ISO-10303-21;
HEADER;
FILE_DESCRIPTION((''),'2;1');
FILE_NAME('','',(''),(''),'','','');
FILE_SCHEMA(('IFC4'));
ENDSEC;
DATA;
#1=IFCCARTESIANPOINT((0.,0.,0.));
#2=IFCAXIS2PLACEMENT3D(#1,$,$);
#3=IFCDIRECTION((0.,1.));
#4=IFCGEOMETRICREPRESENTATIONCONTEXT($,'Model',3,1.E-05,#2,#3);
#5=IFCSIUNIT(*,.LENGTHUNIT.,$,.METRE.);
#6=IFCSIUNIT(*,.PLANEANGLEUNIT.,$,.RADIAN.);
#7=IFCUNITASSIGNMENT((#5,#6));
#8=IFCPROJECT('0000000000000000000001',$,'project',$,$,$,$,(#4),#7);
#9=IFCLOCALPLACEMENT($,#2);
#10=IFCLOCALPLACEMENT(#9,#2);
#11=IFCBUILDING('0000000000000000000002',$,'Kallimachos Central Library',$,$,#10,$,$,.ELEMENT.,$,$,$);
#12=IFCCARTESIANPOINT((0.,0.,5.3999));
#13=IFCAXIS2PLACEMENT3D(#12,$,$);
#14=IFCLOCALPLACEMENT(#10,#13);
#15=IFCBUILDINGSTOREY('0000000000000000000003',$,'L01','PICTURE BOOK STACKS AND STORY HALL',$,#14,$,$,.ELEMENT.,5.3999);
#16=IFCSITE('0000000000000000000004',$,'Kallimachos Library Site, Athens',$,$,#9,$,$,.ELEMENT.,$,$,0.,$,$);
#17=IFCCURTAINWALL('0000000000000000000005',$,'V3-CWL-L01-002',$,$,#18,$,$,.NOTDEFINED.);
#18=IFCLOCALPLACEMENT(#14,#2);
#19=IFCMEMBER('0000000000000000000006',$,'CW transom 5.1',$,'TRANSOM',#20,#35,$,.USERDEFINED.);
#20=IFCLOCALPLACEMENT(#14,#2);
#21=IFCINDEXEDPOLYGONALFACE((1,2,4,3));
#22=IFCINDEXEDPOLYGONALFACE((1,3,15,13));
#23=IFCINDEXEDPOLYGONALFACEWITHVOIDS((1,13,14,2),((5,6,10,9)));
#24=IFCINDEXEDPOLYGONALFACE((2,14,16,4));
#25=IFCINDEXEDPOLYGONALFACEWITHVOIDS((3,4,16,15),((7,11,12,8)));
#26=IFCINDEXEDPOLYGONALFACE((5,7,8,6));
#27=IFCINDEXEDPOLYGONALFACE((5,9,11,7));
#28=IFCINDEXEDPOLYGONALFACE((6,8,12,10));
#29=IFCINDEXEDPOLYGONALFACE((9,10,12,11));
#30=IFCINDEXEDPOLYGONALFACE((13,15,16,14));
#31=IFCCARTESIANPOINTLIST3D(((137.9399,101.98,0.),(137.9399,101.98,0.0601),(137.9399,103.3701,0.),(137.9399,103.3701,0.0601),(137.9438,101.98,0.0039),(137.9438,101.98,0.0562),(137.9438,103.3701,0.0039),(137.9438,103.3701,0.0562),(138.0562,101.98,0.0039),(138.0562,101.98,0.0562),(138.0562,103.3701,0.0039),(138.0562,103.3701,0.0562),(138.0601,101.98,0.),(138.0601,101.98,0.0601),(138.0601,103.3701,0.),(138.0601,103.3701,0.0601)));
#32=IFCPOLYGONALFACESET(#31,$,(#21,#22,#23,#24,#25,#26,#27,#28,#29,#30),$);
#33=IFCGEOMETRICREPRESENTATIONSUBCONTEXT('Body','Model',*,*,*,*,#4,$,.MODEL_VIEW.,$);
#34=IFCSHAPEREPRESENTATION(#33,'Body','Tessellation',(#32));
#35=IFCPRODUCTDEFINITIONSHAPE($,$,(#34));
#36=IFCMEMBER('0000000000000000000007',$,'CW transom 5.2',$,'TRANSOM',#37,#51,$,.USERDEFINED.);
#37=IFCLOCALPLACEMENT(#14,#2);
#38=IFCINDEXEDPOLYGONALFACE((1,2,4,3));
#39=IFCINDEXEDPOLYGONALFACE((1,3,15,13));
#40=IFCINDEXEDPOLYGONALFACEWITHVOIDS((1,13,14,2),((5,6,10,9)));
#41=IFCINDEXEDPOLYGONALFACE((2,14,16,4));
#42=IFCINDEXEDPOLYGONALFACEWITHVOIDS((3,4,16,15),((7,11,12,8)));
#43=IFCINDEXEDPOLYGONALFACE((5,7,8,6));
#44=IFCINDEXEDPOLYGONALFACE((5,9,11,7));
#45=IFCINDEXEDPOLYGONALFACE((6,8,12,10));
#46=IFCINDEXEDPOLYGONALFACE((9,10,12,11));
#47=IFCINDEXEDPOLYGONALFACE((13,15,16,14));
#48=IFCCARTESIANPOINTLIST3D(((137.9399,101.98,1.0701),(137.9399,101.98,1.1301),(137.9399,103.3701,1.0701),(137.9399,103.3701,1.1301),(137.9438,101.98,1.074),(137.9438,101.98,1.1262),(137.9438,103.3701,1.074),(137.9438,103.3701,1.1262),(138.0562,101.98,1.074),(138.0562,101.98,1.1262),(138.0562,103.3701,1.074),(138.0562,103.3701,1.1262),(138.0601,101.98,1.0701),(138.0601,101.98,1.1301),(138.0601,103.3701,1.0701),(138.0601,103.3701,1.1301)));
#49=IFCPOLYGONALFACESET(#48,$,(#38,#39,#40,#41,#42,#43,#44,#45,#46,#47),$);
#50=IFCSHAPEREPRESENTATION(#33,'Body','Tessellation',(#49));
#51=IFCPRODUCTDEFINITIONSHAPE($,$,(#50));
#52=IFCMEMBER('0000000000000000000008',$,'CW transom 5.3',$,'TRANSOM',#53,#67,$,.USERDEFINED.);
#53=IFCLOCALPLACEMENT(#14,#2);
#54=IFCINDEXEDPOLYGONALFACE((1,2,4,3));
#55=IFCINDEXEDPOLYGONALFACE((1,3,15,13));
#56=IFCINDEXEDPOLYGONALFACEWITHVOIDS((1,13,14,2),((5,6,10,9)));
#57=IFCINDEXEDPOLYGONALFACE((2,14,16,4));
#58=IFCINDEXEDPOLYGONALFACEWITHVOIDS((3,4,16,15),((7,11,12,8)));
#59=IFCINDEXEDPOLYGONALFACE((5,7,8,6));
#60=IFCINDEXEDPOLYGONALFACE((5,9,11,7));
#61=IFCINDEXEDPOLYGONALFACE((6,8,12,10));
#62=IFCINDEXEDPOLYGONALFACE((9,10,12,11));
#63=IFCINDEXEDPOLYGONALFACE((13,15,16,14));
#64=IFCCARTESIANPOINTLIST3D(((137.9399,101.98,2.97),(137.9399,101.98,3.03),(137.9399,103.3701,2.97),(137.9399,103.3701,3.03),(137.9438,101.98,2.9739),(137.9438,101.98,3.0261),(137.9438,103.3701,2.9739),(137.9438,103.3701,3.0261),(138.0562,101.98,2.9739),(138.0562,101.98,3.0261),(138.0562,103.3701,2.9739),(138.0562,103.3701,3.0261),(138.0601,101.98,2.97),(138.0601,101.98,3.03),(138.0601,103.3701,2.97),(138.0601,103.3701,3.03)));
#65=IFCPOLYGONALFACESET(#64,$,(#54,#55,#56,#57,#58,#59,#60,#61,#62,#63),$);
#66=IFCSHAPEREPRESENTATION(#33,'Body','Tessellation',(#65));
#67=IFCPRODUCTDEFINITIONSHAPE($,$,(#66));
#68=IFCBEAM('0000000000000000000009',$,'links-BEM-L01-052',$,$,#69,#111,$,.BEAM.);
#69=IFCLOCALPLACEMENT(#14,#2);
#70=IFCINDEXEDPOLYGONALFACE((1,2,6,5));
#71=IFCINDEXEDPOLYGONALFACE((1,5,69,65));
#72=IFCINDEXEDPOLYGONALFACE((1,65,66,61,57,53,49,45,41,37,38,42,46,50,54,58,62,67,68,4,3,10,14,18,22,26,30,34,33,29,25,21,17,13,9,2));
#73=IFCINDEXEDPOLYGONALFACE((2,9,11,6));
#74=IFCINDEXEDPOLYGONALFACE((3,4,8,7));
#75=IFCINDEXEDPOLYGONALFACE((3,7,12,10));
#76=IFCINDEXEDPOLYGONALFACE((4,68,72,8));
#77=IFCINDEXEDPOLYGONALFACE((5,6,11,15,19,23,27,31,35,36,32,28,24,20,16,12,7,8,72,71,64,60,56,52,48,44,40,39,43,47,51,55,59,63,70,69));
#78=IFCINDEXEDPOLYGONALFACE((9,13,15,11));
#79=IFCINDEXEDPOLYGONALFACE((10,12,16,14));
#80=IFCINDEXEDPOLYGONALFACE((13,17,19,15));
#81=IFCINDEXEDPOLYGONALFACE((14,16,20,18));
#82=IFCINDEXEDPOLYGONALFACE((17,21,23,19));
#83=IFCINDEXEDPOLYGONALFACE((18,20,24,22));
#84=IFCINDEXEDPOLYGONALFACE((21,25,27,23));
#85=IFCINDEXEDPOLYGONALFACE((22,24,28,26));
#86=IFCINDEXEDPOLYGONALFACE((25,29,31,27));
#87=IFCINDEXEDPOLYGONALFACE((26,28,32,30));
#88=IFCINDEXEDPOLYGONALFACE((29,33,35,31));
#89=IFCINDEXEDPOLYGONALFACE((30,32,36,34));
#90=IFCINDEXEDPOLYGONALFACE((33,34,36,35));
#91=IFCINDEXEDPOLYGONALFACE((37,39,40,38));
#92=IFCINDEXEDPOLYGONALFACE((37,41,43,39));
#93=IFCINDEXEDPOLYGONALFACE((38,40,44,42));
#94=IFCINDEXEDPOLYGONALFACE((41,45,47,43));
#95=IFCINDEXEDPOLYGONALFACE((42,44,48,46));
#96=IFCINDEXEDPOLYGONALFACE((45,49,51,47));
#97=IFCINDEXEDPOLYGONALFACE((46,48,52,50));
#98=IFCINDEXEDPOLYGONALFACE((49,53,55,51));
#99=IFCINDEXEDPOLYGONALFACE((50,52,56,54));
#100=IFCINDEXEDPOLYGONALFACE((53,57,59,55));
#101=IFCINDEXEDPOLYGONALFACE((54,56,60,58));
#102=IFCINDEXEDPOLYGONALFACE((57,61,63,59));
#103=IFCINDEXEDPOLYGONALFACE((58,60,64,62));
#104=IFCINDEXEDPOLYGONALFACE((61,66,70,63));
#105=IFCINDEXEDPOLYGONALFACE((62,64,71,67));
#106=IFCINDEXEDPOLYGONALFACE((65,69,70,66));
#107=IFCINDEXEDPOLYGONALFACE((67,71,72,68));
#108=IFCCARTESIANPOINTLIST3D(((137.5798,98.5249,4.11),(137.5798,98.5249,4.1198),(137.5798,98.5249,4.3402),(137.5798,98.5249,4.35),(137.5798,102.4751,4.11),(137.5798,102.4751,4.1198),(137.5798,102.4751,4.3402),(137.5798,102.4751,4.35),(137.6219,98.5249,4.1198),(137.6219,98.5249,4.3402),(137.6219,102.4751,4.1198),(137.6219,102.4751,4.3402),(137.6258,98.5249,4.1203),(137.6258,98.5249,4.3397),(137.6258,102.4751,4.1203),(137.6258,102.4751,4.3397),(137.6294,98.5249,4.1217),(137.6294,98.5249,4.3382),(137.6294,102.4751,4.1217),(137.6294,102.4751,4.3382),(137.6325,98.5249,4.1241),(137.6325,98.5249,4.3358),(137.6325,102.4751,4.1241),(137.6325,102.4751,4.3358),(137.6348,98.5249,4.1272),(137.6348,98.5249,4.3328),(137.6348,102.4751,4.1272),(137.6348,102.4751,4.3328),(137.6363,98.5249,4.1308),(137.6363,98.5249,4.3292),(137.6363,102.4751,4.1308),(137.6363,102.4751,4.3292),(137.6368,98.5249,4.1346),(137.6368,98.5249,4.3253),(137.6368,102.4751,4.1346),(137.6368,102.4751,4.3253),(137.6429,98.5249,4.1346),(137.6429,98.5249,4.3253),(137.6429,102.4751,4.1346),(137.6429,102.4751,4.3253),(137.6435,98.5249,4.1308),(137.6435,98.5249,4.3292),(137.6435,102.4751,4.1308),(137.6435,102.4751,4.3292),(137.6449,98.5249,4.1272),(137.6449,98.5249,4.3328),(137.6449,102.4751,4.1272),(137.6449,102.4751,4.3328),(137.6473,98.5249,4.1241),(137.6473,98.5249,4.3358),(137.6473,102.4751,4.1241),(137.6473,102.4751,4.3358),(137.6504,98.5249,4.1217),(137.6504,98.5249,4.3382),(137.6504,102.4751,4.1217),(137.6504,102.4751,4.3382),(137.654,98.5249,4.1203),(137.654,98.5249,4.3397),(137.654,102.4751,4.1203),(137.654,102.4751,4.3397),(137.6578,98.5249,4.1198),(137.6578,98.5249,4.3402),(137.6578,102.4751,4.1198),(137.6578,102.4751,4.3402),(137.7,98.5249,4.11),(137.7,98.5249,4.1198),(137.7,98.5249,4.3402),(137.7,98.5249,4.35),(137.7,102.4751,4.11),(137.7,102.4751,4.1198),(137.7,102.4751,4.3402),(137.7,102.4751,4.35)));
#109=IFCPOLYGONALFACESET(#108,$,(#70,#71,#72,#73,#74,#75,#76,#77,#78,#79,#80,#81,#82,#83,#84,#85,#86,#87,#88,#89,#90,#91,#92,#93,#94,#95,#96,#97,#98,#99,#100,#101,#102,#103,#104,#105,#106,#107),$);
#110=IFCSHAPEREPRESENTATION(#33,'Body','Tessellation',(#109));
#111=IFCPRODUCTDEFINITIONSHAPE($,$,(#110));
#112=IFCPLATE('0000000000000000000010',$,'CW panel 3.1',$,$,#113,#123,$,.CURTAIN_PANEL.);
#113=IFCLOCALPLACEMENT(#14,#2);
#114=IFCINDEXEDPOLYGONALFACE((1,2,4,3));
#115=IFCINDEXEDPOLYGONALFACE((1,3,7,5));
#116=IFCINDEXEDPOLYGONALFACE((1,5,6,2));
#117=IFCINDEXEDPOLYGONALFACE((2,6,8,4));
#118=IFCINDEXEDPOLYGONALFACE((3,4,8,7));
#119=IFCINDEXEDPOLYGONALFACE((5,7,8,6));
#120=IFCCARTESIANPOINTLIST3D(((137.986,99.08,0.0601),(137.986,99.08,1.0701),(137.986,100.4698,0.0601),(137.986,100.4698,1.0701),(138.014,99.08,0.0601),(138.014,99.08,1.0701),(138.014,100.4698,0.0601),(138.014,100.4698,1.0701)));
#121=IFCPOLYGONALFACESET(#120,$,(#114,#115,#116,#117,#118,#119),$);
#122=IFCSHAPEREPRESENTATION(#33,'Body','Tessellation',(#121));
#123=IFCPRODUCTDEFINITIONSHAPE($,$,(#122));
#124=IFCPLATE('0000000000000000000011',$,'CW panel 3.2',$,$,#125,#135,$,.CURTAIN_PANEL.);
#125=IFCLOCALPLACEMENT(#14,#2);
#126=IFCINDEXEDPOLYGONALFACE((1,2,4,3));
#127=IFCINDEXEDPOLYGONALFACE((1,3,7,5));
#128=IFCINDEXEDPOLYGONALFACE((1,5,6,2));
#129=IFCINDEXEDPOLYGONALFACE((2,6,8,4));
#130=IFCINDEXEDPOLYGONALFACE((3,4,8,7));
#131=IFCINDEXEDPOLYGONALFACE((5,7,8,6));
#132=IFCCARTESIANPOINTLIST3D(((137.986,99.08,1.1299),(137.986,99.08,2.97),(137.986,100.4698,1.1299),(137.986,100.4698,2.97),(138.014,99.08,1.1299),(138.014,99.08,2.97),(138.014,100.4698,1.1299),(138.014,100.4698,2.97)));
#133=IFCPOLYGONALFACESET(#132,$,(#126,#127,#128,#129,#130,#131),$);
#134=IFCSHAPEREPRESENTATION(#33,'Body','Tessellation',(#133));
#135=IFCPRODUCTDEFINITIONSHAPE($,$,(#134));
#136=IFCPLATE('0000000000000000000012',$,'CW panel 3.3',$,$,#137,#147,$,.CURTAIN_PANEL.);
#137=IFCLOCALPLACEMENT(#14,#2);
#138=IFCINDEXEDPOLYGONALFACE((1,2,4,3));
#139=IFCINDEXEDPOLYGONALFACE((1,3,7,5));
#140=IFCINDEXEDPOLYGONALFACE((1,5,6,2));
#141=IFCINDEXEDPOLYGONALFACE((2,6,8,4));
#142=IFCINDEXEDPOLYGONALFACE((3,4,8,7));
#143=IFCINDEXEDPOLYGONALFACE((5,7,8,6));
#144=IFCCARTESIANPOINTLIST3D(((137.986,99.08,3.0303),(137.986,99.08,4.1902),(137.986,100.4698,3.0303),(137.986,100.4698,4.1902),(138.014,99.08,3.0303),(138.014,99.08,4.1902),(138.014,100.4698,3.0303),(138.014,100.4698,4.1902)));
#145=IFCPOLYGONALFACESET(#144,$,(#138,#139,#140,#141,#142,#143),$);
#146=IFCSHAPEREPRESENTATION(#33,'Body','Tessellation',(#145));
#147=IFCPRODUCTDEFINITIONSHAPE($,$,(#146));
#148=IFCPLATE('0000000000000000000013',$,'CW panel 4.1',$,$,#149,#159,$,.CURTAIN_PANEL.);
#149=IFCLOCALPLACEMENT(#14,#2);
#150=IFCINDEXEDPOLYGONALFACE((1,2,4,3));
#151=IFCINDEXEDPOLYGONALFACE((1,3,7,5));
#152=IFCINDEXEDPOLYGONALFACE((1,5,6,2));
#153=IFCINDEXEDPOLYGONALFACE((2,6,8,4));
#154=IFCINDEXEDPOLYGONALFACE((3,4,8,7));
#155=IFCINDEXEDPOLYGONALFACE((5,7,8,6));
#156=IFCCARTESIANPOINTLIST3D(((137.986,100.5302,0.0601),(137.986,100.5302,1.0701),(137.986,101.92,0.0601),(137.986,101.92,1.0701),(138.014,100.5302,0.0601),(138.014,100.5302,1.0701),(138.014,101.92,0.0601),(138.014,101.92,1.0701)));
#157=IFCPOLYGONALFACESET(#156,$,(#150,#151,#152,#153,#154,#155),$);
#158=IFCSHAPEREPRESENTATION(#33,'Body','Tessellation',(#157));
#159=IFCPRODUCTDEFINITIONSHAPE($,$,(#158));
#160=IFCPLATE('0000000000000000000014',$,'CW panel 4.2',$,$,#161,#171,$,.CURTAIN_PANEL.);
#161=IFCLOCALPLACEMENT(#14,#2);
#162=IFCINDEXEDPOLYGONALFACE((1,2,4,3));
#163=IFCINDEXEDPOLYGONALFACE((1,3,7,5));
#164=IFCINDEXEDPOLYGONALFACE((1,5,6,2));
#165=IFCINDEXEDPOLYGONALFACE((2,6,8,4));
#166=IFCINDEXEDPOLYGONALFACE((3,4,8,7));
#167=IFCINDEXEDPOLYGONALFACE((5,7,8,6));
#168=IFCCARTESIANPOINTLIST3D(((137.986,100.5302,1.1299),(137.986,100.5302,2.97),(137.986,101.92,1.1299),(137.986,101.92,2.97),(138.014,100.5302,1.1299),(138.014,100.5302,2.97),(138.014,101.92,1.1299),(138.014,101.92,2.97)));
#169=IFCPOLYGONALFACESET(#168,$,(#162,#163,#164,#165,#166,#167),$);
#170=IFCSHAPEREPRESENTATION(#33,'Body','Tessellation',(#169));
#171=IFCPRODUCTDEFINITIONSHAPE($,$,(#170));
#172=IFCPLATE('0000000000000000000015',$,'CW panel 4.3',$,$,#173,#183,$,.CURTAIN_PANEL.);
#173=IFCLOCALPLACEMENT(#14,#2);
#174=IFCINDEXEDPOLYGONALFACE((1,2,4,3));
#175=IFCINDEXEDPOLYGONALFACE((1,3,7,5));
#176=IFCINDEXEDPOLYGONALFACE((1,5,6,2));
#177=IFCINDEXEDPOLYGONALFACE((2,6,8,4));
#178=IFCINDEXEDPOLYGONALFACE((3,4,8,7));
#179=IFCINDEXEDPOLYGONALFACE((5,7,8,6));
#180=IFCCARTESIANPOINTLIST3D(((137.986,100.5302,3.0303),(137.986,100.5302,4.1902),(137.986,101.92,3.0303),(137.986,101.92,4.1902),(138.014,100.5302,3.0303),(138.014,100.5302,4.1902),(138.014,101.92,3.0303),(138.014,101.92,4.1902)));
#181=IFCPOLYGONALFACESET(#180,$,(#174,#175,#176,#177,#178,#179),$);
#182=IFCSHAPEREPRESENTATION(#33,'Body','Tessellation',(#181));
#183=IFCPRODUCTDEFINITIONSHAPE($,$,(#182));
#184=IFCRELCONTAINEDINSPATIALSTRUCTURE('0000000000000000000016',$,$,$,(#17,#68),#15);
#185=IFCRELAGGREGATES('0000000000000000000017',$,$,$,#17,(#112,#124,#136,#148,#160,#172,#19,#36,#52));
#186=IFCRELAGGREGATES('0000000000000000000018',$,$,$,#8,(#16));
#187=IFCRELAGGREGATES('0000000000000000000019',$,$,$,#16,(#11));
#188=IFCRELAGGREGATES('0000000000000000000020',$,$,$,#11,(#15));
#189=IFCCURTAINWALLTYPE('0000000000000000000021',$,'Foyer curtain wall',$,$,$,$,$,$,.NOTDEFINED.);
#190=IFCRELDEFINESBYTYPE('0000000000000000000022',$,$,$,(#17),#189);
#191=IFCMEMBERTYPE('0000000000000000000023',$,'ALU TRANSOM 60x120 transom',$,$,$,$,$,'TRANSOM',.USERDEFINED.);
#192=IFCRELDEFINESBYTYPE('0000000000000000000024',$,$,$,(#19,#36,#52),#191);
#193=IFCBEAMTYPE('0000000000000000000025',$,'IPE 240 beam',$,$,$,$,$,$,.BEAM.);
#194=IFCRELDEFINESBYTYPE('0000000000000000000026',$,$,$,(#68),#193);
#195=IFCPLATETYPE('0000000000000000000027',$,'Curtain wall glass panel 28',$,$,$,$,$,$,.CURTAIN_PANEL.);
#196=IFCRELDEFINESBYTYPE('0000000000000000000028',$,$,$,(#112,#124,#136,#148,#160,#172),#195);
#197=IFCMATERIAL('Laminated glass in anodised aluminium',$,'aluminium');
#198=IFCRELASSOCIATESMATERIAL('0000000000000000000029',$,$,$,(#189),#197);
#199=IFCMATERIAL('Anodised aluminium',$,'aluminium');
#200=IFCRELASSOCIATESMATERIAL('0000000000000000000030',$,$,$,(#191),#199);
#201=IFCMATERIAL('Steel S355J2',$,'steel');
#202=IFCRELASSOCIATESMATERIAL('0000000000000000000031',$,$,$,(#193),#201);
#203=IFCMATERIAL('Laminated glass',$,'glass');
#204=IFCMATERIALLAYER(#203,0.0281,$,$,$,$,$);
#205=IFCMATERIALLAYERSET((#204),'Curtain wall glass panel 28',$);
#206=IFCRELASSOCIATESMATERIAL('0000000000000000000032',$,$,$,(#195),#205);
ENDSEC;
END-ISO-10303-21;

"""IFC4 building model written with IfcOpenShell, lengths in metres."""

from ifc_helpers import new_model, si_unit, direction, frame, origin, origin_2d, place, context, subcontext, project, spatial, rectangle, hollow_rectangle, i_section, extrude, material, layer, layer_set, material_profile, profile_set, type_object, element, aggregate, save


model = new_model("IFC4")

# Units and contexts
model_context = context("Model", 3, precision=1e-05, world=origin(), true_north=direction((0.0, 1.0)))
body_context = subcontext(model_context, "Body", "Model", "MODEL_VIEW")
ifc_project = project(units=[si_unit("LENGTHUNIT", "METRE"), si_unit("PLANEANGLEUNIT", "RADIAN")], contexts=[model_context])

# Site, building, storey
site_placement = place(None, origin())
site = spatial("IfcSite", under=ifc_project, at=site_placement, Name="Kallimachos Library Site, Athens", CompositionType="ELEMENT", RefElevation=0.0)
building_placement = place(site_placement, origin())
building = spatial("IfcBuilding", under=site, at=building_placement, Name="Kallimachos Central Library", CompositionType="ELEMENT")
storey_placement = place(building_placement, frame((0.0, 0.0, 5.3999)))
storey = spatial("IfcBuildingStorey", under=building, at=storey_placement, Name="L01", Description="PICTURE BOOK STACKS AND STORY HALL", CompositionType="ELEMENT", Elevation=5.3999)

# Curtain wall, members
ifc_material_1 = material(Name="Laminated glass in anodised aluminium", Category="aluminium")
curtain_wall_type = type_object("IfcCurtainWallType", Name="Foyer curtain wall", PredefinedType="NOTDEFINED", material=ifc_material_1)
curtain_wall_placement = place(storey_placement, origin())
curtain_wall = element("IfcCurtainWall", 1, at=curtain_wall_placement, inside=storey, type_object=curtain_wall_type, Name="V3-CWL-L01-002", PredefinedType="NOTDEFINED")
ifc_material_2 = material(Name="Anodised aluminium", Category="aluminium")
ifc_material_profile_1 = material_profile(ifc_material_2, hollow_rectangle(XDim=0.0601, YDim=0.1201, WallThickness=0.0039, at=origin_2d()), Name="ALU TRANSOM 60x120")
ifc_profile_set_1 = profile_set([ifc_material_profile_1], Name="Anodised aluminium")
member_type_1 = type_object("IfcMemberType", Name="ALU TRANSOM 60x120 transom", ElementType="TRANSOM", PredefinedType="USERDEFINED", material=ifc_profile_set_1)
member_1_placement = place(storey_placement, frame((138.0, 101.98, 0.03), z_axis=(0.0, 1.0, 0.0), x_axis=(0.0, 0.0, 1.0)))
member_1 = element("IfcMember", 2, at=member_1_placement, type_object=member_type_1, Name="CW transom 5.1", ObjectType="TRANSOM", PredefinedType="USERDEFINED", context=body_context, shape_type="SweptSolid", body=[
    extrude(hollow_rectangle(XDim=0.0601, YDim=0.1201, WallThickness=0.0039, at=origin_2d()), origin(), (0.0, 0.0, 1.0), 1.3901),
])
member_2_placement = place(storey_placement, frame((138.0, 101.98, 1.1001), z_axis=(0.0, 1.0, 0.0), x_axis=(0.0, 0.0, 1.0)))
member_2 = element("IfcMember", 3, at=member_2_placement, type_object=member_type_1, Name="CW transom 5.2", ObjectType="TRANSOM", PredefinedType="USERDEFINED", context=body_context, shape_type="SweptSolid", body=[
    extrude(hollow_rectangle(XDim=0.0601, YDim=0.1201, WallThickness=0.0039, at=origin_2d()), origin(), (0.0, 0.0, 1.0), 1.3901),
])
member_3_placement = place(storey_placement, frame((138.0, 101.98, 3.0), z_axis=(0.0, 1.0, 0.0), x_axis=(0.0, 0.0, 1.0)))
member_3 = element("IfcMember", 4, at=member_3_placement, type_object=member_type_1, Name="CW transom 5.3", ObjectType="TRANSOM", PredefinedType="USERDEFINED", context=body_context, shape_type="SweptSolid", body=[
    extrude(hollow_rectangle(XDim=0.0601, YDim=0.1201, WallThickness=0.0039, at=origin_2d()), origin(), (0.0, 0.0, 1.0), 1.3901),
])

# Beam
ifc_material_3 = material(Name="Steel S355J2", Category="steel")
ifc_material_profile_2 = material_profile(ifc_material_3, i_section(OverallWidth=0.1201, OverallDepth=0.24, WebThickness=0.0061, FlangeThickness=0.0098, FilletRadius=0.0149, at=origin_2d()), Name="IPE 240")
ifc_profile_set_2 = profile_set([ifc_material_profile_2], Name="Steel S355J2")
beam_type = type_object("IfcBeamType", Name="IPE 240 beam", PredefinedType="BEAM", material=ifc_profile_set_2)
beam_placement = place(storey_placement, frame((137.6399, 98.5249, 4.23), z_axis=(0.0, 1.0, 0.0), x_axis=(-1.0, 0.0, 0.0)))
element("IfcBeam", 5, at=beam_placement, inside=storey, type_object=beam_type, Name="links-BEM-L01-052", PredefinedType="BEAM", context=body_context, shape_type="SweptSolid", body=[
    extrude(i_section(OverallWidth=0.1201, OverallDepth=0.24, WebThickness=0.0061, FlangeThickness=0.0098, FilletRadius=0.0149, at=origin_2d()), origin(), (0.0, 0.0, 1.0), 3.9502),
])

# Plates
ifc_material_4 = material(Name="Laminated glass", Category="glass")
ifc_layer = layer(ifc_material_4, 0.0281)
ifc_layer_set = layer_set([ifc_layer], Name="Curtain wall glass panel 28")
plate_type = type_object("IfcPlateType", Name="Curtain wall glass panel 28", PredefinedType="CURTAIN_PANEL", material=ifc_layer_set)
plate_1_placement = place(storey_placement, frame((138.0, 99.7749, 0.0601), z_axis=(0.0, 0.0, 1.0), x_axis=(0.0, 1.0, 0.0)))
plate_1 = element("IfcPlate", 6, at=plate_1_placement, type_object=plate_type, Name="CW panel 3.1", PredefinedType="CURTAIN_PANEL", context=body_context, shape_type="SweptSolid", body=[
    extrude(rectangle(XDim=1.3899, YDim=0.0281, at=origin_2d()), origin(), (0.0, 0.0, 1.0), 1.01),
])
plate_2_placement = place(storey_placement, frame((138.0, 99.7749, 1.1299), z_axis=(0.0, 0.0, 1.0), x_axis=(0.0, 1.0, 0.0)))
plate_2 = element("IfcPlate", 7, at=plate_2_placement, type_object=plate_type, Name="CW panel 3.2", PredefinedType="CURTAIN_PANEL", context=body_context, shape_type="SweptSolid", body=[
    extrude(rectangle(XDim=1.3899, YDim=0.0281, at=origin_2d()), origin(), (0.0, 0.0, 1.0), 1.8401),
])
plate_3_placement = place(storey_placement, frame((138.0, 99.7749, 3.0303), z_axis=(0.0, 0.0, 1.0), x_axis=(0.0, 1.0, 0.0)))
plate_3 = element("IfcPlate", 8, at=plate_3_placement, type_object=plate_type, Name="CW panel 3.3", PredefinedType="CURTAIN_PANEL", context=body_context, shape_type="SweptSolid", body=[
    extrude(rectangle(XDim=1.3899, YDim=0.0281, at=origin_2d()), origin(), (0.0, 0.0, 1.0), 1.1599),
])
plate_4_placement = place(storey_placement, frame((138.0, 101.2251, 0.0601), z_axis=(0.0, 0.0, 1.0), x_axis=(0.0, 1.0, 0.0)))
plate_4 = element("IfcPlate", 9, at=plate_4_placement, type_object=plate_type, Name="CW panel 4.1", PredefinedType="CURTAIN_PANEL", context=body_context, shape_type="SweptSolid", body=[
    extrude(rectangle(XDim=1.3899, YDim=0.0281, at=origin_2d()), origin(), (0.0, 0.0, 1.0), 1.01),
])
plate_5_placement = place(storey_placement, frame((138.0, 101.2251, 1.1299), z_axis=(0.0, 0.0, 1.0), x_axis=(0.0, 1.0, 0.0)))
plate_5 = element("IfcPlate", 10, at=plate_5_placement, type_object=plate_type, Name="CW panel 4.2", PredefinedType="CURTAIN_PANEL", context=body_context, shape_type="SweptSolid", body=[
    extrude(rectangle(XDim=1.3899, YDim=0.0281, at=origin_2d()), origin(), (0.0, 0.0, 1.0), 1.8401),
])
plate_6_placement = place(storey_placement, frame((138.0, 101.2251, 3.0303), z_axis=(0.0, 0.0, 1.0), x_axis=(0.0, 1.0, 0.0)))
plate_6 = element("IfcPlate", 11, at=plate_6_placement, type_object=plate_type, Name="CW panel 4.3", PredefinedType="CURTAIN_PANEL", context=body_context, shape_type="SweptSolid", body=[
    extrude(rectangle(XDim=1.3899, YDim=0.0281, at=origin_2d()), origin(), (0.0, 0.0, 1.0), 1.1599),
])
aggregate(curtain_wall, [plate_1, plate_2, plate_3, plate_4, plate_5, plate_6, member_1, member_2, member_3])

save(model, "model.ifc")
